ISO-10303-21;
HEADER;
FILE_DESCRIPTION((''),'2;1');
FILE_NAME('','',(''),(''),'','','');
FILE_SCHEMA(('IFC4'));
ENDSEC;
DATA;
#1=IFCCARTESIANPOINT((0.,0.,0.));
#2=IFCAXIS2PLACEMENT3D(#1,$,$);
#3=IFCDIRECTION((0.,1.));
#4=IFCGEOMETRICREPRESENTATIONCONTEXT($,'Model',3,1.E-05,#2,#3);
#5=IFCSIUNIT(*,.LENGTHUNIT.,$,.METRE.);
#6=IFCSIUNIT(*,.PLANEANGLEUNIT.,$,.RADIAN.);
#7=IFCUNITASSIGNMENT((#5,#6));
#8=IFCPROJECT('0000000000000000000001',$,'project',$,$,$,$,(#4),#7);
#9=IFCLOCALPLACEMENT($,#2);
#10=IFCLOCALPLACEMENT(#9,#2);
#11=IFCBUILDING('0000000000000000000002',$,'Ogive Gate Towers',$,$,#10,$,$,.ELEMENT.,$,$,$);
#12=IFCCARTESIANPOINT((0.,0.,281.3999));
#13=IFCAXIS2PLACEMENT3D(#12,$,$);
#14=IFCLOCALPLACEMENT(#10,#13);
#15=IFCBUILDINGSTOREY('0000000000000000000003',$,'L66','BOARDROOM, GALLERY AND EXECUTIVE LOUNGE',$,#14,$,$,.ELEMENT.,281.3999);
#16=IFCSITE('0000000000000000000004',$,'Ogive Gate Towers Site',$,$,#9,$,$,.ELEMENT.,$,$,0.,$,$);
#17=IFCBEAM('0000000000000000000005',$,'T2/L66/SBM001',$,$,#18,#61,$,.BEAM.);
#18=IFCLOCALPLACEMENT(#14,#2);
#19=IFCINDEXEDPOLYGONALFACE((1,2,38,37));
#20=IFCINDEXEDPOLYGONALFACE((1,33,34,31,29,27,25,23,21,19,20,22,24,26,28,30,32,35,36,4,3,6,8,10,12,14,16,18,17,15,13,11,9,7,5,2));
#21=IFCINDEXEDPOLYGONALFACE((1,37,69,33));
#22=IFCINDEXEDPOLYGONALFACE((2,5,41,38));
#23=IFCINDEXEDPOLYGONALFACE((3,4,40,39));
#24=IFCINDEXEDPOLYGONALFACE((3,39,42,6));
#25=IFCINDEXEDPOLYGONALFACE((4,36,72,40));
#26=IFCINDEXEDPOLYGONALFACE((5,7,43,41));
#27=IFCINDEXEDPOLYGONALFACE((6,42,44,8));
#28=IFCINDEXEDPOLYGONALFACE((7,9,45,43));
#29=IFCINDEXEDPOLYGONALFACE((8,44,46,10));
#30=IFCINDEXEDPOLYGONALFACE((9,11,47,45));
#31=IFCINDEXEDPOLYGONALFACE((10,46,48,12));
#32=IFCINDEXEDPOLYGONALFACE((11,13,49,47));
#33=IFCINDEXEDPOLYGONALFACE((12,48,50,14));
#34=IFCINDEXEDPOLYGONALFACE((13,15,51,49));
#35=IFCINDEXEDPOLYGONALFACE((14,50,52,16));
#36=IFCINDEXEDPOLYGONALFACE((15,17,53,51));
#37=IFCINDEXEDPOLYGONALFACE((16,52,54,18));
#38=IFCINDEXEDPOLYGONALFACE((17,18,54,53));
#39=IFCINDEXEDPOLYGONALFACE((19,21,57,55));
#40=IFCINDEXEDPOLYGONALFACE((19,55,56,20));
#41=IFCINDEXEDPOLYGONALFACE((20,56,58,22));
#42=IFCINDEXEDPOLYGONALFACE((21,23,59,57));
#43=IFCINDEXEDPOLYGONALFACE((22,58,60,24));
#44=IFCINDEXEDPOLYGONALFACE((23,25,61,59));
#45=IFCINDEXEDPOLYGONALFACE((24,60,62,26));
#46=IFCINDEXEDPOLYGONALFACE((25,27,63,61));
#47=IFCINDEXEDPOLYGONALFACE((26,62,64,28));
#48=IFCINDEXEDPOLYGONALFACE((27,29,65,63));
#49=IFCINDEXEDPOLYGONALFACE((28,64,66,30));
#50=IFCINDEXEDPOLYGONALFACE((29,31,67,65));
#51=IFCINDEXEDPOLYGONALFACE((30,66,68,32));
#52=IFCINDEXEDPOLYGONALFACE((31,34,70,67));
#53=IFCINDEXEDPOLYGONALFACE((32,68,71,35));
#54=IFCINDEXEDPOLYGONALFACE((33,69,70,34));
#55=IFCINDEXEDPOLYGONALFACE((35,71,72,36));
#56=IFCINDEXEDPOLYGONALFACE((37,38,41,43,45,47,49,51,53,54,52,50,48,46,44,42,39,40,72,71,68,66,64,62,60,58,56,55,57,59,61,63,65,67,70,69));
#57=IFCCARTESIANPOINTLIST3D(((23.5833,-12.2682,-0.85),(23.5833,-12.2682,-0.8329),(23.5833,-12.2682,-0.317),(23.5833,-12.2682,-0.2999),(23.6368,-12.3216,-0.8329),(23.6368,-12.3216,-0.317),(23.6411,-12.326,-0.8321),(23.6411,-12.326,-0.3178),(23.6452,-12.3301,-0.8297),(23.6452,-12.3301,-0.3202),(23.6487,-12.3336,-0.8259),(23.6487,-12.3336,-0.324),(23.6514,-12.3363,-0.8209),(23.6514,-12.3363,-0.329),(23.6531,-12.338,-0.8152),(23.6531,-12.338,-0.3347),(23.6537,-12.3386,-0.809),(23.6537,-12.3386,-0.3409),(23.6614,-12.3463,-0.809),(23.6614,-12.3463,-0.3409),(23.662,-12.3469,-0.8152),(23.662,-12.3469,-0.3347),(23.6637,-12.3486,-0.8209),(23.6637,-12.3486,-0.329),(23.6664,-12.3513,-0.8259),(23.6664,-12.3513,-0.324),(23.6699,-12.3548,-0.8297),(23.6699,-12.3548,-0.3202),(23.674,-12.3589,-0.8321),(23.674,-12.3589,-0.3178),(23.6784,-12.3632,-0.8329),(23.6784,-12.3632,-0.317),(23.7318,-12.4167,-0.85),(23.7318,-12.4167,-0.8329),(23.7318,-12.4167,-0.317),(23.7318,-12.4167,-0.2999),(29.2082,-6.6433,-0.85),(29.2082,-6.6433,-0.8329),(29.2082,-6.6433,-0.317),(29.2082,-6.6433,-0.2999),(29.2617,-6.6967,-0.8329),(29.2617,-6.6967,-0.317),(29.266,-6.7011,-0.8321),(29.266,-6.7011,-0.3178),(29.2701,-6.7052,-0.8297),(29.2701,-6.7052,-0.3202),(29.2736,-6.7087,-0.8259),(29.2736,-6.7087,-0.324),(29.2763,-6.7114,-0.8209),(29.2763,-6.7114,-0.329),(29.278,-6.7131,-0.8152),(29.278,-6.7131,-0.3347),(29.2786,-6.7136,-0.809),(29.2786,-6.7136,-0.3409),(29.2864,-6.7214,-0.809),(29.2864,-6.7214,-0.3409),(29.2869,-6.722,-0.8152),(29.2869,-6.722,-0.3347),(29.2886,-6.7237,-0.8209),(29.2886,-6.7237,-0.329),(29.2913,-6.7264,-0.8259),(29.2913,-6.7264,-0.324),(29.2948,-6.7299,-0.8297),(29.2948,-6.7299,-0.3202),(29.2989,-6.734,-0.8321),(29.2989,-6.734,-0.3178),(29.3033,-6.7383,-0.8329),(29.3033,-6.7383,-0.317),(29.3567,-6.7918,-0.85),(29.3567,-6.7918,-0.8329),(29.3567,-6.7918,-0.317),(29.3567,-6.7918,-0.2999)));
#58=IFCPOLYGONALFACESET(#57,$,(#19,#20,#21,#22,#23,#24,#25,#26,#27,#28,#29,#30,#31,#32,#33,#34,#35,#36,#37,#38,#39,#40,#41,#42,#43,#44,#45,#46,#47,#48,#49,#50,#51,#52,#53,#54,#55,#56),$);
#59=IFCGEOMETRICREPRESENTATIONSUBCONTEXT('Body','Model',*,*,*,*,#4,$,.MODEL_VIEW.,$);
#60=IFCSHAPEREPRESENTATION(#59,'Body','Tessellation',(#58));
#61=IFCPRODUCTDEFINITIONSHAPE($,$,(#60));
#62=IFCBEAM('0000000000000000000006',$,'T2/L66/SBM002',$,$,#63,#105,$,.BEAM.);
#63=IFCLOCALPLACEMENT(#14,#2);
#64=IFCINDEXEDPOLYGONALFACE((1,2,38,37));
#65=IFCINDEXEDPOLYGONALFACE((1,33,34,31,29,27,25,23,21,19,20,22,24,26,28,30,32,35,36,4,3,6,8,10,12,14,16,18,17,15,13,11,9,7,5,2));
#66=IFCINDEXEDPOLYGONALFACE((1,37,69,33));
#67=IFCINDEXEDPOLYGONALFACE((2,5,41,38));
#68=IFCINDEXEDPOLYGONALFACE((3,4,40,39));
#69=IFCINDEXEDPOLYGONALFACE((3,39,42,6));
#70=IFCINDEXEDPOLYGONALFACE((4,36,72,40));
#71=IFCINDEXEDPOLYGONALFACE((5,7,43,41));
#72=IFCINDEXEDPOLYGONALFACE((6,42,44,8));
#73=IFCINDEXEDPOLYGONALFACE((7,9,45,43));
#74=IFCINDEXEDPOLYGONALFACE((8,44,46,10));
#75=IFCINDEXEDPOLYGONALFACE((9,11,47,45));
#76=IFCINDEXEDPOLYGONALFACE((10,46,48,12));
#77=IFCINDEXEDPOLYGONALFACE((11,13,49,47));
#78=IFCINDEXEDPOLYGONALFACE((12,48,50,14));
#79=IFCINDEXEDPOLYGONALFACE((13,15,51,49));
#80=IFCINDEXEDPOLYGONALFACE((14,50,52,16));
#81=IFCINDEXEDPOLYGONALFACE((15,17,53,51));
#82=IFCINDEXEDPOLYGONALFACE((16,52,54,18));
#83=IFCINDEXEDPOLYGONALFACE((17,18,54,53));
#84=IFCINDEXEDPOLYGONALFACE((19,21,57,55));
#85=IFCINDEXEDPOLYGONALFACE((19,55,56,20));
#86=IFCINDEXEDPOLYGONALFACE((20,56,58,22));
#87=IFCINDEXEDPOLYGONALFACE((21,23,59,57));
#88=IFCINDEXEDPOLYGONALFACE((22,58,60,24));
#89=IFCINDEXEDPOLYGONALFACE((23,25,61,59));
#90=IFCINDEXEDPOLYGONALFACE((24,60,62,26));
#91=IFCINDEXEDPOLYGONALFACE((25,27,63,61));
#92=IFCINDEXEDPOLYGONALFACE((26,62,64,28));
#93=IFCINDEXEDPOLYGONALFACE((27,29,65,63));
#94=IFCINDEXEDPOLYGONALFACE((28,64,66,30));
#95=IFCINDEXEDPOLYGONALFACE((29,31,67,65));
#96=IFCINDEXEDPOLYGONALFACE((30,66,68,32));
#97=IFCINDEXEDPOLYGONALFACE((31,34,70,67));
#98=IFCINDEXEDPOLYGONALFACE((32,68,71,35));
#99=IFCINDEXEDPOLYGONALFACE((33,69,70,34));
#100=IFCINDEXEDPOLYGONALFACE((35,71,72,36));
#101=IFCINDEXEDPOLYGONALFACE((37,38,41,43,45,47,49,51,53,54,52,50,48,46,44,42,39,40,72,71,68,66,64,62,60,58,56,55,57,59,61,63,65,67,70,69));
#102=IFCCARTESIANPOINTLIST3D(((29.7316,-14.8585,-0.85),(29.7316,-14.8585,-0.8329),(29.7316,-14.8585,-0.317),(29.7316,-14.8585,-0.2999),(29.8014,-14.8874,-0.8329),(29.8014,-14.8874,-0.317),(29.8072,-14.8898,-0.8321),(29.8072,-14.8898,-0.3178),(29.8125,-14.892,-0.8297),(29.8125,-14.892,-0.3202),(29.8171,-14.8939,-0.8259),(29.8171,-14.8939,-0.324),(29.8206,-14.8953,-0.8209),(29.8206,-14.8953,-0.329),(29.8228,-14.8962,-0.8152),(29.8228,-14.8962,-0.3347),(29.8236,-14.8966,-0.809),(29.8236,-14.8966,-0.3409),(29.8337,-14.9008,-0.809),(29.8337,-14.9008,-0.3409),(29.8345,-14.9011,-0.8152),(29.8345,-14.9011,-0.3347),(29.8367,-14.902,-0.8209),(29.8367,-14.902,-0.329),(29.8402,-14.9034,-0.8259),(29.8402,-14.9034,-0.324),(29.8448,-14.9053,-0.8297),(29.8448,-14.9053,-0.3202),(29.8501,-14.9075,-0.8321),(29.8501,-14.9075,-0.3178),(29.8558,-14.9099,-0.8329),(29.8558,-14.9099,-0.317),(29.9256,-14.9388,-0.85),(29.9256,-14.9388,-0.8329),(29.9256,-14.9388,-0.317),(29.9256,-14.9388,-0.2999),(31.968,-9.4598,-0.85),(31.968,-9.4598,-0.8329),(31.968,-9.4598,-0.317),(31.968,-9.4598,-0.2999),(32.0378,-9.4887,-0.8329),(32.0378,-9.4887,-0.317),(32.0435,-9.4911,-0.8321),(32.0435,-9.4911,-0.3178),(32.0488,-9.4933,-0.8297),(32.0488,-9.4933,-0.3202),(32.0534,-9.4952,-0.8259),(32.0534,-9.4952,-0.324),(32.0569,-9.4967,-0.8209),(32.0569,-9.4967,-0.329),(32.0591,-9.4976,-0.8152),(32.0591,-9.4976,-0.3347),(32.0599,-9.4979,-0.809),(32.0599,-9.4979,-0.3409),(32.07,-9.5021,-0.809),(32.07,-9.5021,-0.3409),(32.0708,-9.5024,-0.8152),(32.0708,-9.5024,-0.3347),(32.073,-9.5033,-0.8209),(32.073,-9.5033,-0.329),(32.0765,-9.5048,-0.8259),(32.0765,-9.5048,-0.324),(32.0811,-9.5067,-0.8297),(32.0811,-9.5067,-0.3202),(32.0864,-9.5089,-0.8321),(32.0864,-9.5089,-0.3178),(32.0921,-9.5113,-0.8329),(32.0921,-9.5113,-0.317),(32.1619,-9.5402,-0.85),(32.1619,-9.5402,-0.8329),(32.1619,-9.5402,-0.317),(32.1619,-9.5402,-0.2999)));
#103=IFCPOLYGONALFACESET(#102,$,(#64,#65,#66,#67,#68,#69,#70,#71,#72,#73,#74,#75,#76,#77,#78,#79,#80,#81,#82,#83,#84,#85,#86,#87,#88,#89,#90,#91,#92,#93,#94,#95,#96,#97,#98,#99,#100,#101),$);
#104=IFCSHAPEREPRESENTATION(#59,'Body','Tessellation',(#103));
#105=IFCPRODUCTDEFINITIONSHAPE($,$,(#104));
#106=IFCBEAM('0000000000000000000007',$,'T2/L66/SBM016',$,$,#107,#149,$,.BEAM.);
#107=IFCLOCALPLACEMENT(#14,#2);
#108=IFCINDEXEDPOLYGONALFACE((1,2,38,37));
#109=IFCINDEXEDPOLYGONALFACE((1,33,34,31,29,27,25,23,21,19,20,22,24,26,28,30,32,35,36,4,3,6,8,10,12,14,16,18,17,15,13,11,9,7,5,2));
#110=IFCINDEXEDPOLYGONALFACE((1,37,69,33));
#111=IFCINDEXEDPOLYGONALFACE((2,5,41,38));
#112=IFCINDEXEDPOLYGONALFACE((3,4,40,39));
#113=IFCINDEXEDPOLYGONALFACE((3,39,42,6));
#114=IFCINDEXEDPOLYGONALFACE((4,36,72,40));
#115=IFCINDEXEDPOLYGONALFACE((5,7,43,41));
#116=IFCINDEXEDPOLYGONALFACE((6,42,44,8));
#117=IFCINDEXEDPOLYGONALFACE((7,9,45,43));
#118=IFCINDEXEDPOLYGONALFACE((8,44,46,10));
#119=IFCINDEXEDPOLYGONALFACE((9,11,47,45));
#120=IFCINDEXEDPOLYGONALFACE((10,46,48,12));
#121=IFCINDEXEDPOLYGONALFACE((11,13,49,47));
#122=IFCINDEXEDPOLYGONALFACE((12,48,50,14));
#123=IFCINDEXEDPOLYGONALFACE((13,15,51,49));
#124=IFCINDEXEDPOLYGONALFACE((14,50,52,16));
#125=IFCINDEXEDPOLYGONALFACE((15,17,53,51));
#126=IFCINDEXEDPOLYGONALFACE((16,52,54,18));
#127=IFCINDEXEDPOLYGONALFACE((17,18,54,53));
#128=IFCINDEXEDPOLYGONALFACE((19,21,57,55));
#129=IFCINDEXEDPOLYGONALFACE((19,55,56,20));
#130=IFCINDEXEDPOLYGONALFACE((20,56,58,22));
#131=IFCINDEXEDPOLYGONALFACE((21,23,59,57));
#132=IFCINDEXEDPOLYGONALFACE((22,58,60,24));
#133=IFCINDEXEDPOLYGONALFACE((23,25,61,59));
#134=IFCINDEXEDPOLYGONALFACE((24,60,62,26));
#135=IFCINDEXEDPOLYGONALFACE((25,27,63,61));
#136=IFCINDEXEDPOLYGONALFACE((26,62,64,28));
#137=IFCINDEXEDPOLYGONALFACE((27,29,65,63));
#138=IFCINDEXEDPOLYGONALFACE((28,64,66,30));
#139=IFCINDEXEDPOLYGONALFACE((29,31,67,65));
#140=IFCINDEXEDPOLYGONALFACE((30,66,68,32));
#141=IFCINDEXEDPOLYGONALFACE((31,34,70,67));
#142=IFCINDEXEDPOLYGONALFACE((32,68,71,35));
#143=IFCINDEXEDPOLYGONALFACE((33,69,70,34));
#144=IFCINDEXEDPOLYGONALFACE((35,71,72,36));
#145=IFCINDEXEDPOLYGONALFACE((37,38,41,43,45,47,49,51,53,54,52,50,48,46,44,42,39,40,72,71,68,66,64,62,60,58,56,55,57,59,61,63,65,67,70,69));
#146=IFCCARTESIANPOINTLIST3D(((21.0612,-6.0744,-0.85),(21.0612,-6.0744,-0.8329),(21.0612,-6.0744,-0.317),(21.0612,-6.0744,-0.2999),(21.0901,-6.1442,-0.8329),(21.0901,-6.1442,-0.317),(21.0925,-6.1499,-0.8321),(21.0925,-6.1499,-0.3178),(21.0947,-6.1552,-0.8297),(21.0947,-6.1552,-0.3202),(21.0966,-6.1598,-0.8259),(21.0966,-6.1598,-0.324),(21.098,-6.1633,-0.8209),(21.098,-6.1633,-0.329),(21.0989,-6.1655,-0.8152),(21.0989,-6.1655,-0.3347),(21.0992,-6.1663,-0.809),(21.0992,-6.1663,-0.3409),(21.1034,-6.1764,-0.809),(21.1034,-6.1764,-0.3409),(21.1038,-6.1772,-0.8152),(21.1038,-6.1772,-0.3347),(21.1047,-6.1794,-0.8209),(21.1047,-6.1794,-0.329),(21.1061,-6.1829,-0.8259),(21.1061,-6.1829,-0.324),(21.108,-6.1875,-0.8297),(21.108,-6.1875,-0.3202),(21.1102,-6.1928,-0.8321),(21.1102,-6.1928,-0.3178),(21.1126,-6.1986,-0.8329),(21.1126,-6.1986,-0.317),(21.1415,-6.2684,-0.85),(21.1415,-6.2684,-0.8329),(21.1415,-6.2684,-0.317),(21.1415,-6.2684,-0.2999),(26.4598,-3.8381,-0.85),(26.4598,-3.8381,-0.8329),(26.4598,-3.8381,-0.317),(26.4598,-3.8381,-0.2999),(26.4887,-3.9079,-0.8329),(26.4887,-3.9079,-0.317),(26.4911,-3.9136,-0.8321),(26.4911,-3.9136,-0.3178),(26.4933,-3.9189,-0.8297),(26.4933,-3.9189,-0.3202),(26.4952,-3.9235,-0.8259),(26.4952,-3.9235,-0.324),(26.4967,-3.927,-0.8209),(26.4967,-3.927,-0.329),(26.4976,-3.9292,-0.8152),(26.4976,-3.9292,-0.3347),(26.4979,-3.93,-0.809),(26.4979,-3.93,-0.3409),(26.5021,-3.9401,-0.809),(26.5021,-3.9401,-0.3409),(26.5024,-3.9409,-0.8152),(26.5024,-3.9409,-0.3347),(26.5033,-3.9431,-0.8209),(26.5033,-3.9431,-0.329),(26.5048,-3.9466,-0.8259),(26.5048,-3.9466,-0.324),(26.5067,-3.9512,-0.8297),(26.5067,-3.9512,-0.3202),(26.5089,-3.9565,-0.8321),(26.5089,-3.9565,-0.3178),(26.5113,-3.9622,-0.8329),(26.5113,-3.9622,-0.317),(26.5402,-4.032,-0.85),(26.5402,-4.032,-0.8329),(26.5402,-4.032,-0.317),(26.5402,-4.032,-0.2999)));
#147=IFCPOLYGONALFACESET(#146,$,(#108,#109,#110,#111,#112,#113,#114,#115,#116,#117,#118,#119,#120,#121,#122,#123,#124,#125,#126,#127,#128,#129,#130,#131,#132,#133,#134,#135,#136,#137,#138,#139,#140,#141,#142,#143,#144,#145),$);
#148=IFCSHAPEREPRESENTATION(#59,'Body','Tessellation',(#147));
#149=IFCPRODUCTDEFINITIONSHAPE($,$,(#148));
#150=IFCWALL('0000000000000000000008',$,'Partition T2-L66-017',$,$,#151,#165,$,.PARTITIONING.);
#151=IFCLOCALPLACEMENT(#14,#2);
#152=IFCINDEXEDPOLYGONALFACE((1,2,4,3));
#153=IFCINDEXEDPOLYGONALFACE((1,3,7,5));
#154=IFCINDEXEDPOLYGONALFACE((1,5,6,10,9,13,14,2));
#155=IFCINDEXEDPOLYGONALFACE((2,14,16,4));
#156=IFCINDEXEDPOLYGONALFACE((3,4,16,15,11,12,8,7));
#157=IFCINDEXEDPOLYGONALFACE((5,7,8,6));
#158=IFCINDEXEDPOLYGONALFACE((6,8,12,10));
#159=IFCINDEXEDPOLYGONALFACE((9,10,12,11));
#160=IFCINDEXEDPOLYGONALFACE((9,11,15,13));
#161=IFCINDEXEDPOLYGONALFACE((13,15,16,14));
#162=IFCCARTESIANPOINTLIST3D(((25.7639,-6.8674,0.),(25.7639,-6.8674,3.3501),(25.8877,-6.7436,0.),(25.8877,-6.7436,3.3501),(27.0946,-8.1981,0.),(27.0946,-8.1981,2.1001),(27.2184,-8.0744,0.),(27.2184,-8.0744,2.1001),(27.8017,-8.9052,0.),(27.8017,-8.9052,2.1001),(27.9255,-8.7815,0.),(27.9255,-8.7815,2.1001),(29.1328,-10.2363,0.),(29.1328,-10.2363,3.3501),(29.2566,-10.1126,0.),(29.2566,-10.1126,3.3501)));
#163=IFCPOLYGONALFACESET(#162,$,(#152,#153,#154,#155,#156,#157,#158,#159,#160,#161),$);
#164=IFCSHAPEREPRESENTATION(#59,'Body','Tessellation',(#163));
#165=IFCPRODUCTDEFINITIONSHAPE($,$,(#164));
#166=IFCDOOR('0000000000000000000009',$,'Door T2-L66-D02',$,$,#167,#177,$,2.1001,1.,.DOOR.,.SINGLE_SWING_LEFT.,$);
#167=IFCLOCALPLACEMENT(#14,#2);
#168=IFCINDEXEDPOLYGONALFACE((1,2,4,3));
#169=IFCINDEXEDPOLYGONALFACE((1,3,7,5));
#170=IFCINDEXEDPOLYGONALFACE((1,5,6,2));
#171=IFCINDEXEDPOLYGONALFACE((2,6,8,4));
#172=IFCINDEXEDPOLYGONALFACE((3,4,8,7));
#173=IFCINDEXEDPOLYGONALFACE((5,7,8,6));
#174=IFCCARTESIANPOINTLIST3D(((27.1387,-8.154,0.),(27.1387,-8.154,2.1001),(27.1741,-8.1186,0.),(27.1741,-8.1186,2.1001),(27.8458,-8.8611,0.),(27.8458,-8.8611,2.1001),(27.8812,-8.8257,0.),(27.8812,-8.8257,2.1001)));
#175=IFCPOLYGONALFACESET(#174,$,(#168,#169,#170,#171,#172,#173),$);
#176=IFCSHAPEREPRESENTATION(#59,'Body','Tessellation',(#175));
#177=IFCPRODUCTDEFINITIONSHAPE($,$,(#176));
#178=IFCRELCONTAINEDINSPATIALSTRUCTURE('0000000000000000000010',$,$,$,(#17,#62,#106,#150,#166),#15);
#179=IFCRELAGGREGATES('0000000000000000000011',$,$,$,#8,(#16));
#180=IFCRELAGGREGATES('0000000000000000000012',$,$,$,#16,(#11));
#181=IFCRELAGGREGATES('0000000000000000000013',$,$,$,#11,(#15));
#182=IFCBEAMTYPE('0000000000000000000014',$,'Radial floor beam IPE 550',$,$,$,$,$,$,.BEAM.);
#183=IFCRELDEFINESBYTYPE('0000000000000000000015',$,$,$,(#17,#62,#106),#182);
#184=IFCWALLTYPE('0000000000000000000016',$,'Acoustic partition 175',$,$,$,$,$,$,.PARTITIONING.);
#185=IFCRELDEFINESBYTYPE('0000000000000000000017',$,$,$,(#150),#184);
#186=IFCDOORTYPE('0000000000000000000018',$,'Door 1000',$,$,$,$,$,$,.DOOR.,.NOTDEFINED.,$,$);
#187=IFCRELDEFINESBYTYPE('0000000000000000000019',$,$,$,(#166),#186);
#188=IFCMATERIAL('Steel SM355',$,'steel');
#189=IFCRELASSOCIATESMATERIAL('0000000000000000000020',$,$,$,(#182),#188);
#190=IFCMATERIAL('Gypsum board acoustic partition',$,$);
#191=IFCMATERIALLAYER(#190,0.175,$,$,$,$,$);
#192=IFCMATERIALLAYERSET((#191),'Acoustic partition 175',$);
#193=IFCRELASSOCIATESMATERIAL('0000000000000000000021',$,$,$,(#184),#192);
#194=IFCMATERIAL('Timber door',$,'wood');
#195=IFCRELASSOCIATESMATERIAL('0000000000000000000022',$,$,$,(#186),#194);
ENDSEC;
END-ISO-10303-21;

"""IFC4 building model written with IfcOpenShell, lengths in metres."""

from ifc_helpers import new_model, si_unit, direction, frame, frame_2d, origin, origin_2d, place, context, subcontext, project, spatial, rectangle, i_section, extrude, material, layer, layer_set, material_profile, profile_set, type_object, element, fill, save


model = new_model("IFC4")

# Units and contexts
model_context = context("Model", 3, precision=1e-05, world=origin(), true_north=direction((0.0, 1.0)))
body_context = subcontext(model_context, "Body", "Model", "MODEL_VIEW")
ifc_project = project(units=[si_unit("LENGTHUNIT", "METRE"), si_unit("PLANEANGLEUNIT", "RADIAN")], contexts=[model_context])

# Site, building, storey
site_placement = place(None, origin())
site = spatial("IfcSite", under=ifc_project, at=site_placement, Name="Ogive Gate Towers Site", CompositionType="ELEMENT", RefElevation=0.0)
building_placement = place(site_placement, origin())
building = spatial("IfcBuilding", under=site, at=building_placement, Name="Ogive Gate Towers", CompositionType="ELEMENT")
storey_placement = place(building_placement, frame((0.0, 0.0, 281.3999)))
storey = spatial("IfcBuildingStorey", under=building, at=storey_placement, Name="L66", Description="BOARDROOM, GALLERY AND EXECUTIVE LOUNGE", CompositionType="ELEMENT", Elevation=281.3999)

# Beams
ifc_material_1 = material(Name="Steel SM355", Category="steel")
ifc_material_profile = material_profile(ifc_material_1, i_section(OverallWidth=0.21, OverallDepth=0.55, WebThickness=0.011, FlangeThickness=0.0171, FilletRadius=0.0239, at=origin_2d()), Name="IPE 550")
ifc_profile_set = profile_set([ifc_material_profile], Name="Steel SM355")
beam_type = type_object("IfcBeamType", Name="Radial floor beam IPE 550", PredefinedType="BEAM", material=ifc_profile_set)
beam_placement = place(storey_placement, frame((29.2825, -6.7175, -0.575), z_axis=(-0.707107, -0.707107, 0.0), x_axis=(0.707107, -0.707107, 0.0)))
element("IfcBeam", 1, at=beam_placement, inside=storey, type_object=beam_type, Name="T2/L66/SBM001", PredefinedType="BEAM", context=body_context, shape_type="SweptSolid", body=[
    extrude(i_section(OverallWidth=0.21, OverallDepth=0.55, WebThickness=0.011, FlangeThickness=0.0171, FilletRadius=0.0239, at=origin_2d()), origin(), (0.0, 0.0, 1.0), 7.9548),
])
for number, where, z_axis, x_axis, name in (
    (2, (32.0649, -9.5, -0.575), (-0.382701, -0.923872, 0.0), (0.923872, -0.382701, 0.0), "T2/L66/SBM002"),
    (3, (26.5, -3.9351, -0.575), (-0.923872, -0.382701, 0.0), (0.382701, -0.923872, 0.0), "T2/L66/SBM016"),
):
    element("IfcBeam", number, at=place(storey_placement, frame(where, z_axis=z_axis, x_axis=x_axis)), inside=storey, type_object=beam_type, Name=name, PredefinedType="BEAM", context=body_context, shape_type="SweptSolid", body=[
        extrude(i_section(OverallWidth=0.21, OverallDepth=0.55, WebThickness=0.011, FlangeThickness=0.0171, FilletRadius=0.0239, at=origin_2d()), origin(), (0.0, 0.0, 1.0), 5.8435),
    ])

# Wall, opening, door
ifc_material_2 = material(Name="Gypsum board acoustic partition")
ifc_layer_1 = layer(ifc_material_2, 0.175)
ifc_layer_set_1 = layer_set([ifc_layer_1], Name="Acoustic partition 175")
wall_type_1 = type_object("IfcWallType", Name="Acoustic partition 175", PredefinedType="PARTITIONING", material=ifc_layer_set_1)
wall_1_placement = place(storey_placement, frame((25.8257, -6.8054, 0.0), z_axis=(0.0, 0.0, 1.0), x_axis=(0.707107, -0.707107, 0.0)))
wall_1 = element("IfcWall", 4, at=wall_1_placement, inside=storey, type_object=wall_type_1, Name="Partition T2-L66-017", PredefinedType="PARTITIONING", context=body_context, shape_type="SweptSolid", body=[
    extrude(rectangle(XDim=4.7644, YDim=0.175, at=frame_2d((2.3823, 0.0))), origin(), (0.0, 0.0, 1.0), 3.3501),
])
opening_1_placement = place(wall_1_placement, frame((1.8821, 0.0, 0.0)))
opening_1 = element("IfcOpeningElement", 5, at=opening_1_placement, cuts=wall_1, PredefinedType="OPENING", context=body_context, shape_type="SweptSolid", body=[
    extrude(rectangle(XDim=1.0, YDim=2.1001, at=frame_2d((0.5, 1.05))), frame((0.0, 0.0977, 0.0), z_axis=(0.0, -1.0, 0.0), x_axis=(1.0, 0.0, 0.0)), (0.0, 0.0, 1.0), 0.1951),
])
ifc_material_3 = material(Name="Timber door", Category="wood")
door_type_1 = type_object("IfcDoorType", Name="Door 1000", OperationType="NOTDEFINED", PredefinedType="DOOR", material=ifc_material_3)
door_1_placement = place(opening_1_placement, origin())
door_1 = element("IfcDoor", 6, at=door_1_placement, inside=storey, type_object=door_type_1, Name="Door T2-L66-D02", OperationType="SINGLE_SWING_LEFT", OverallHeight=2.1001, OverallWidth=1.0, PredefinedType="DOOR", context=body_context, shape_type="SweptSolid", body=[
    extrude(rectangle(XDim=1.0, YDim=2.1001, at=frame_2d((0.5, 1.05))), frame((0.0, 0.0249, 0.0), z_axis=(0.0, -1.0, 0.0), x_axis=(1.0, 0.0, 0.0)), (0.0, 0.0, 1.0), 0.05),
])
fill(opening_1, door_1)

save(model, "model.ifc")
